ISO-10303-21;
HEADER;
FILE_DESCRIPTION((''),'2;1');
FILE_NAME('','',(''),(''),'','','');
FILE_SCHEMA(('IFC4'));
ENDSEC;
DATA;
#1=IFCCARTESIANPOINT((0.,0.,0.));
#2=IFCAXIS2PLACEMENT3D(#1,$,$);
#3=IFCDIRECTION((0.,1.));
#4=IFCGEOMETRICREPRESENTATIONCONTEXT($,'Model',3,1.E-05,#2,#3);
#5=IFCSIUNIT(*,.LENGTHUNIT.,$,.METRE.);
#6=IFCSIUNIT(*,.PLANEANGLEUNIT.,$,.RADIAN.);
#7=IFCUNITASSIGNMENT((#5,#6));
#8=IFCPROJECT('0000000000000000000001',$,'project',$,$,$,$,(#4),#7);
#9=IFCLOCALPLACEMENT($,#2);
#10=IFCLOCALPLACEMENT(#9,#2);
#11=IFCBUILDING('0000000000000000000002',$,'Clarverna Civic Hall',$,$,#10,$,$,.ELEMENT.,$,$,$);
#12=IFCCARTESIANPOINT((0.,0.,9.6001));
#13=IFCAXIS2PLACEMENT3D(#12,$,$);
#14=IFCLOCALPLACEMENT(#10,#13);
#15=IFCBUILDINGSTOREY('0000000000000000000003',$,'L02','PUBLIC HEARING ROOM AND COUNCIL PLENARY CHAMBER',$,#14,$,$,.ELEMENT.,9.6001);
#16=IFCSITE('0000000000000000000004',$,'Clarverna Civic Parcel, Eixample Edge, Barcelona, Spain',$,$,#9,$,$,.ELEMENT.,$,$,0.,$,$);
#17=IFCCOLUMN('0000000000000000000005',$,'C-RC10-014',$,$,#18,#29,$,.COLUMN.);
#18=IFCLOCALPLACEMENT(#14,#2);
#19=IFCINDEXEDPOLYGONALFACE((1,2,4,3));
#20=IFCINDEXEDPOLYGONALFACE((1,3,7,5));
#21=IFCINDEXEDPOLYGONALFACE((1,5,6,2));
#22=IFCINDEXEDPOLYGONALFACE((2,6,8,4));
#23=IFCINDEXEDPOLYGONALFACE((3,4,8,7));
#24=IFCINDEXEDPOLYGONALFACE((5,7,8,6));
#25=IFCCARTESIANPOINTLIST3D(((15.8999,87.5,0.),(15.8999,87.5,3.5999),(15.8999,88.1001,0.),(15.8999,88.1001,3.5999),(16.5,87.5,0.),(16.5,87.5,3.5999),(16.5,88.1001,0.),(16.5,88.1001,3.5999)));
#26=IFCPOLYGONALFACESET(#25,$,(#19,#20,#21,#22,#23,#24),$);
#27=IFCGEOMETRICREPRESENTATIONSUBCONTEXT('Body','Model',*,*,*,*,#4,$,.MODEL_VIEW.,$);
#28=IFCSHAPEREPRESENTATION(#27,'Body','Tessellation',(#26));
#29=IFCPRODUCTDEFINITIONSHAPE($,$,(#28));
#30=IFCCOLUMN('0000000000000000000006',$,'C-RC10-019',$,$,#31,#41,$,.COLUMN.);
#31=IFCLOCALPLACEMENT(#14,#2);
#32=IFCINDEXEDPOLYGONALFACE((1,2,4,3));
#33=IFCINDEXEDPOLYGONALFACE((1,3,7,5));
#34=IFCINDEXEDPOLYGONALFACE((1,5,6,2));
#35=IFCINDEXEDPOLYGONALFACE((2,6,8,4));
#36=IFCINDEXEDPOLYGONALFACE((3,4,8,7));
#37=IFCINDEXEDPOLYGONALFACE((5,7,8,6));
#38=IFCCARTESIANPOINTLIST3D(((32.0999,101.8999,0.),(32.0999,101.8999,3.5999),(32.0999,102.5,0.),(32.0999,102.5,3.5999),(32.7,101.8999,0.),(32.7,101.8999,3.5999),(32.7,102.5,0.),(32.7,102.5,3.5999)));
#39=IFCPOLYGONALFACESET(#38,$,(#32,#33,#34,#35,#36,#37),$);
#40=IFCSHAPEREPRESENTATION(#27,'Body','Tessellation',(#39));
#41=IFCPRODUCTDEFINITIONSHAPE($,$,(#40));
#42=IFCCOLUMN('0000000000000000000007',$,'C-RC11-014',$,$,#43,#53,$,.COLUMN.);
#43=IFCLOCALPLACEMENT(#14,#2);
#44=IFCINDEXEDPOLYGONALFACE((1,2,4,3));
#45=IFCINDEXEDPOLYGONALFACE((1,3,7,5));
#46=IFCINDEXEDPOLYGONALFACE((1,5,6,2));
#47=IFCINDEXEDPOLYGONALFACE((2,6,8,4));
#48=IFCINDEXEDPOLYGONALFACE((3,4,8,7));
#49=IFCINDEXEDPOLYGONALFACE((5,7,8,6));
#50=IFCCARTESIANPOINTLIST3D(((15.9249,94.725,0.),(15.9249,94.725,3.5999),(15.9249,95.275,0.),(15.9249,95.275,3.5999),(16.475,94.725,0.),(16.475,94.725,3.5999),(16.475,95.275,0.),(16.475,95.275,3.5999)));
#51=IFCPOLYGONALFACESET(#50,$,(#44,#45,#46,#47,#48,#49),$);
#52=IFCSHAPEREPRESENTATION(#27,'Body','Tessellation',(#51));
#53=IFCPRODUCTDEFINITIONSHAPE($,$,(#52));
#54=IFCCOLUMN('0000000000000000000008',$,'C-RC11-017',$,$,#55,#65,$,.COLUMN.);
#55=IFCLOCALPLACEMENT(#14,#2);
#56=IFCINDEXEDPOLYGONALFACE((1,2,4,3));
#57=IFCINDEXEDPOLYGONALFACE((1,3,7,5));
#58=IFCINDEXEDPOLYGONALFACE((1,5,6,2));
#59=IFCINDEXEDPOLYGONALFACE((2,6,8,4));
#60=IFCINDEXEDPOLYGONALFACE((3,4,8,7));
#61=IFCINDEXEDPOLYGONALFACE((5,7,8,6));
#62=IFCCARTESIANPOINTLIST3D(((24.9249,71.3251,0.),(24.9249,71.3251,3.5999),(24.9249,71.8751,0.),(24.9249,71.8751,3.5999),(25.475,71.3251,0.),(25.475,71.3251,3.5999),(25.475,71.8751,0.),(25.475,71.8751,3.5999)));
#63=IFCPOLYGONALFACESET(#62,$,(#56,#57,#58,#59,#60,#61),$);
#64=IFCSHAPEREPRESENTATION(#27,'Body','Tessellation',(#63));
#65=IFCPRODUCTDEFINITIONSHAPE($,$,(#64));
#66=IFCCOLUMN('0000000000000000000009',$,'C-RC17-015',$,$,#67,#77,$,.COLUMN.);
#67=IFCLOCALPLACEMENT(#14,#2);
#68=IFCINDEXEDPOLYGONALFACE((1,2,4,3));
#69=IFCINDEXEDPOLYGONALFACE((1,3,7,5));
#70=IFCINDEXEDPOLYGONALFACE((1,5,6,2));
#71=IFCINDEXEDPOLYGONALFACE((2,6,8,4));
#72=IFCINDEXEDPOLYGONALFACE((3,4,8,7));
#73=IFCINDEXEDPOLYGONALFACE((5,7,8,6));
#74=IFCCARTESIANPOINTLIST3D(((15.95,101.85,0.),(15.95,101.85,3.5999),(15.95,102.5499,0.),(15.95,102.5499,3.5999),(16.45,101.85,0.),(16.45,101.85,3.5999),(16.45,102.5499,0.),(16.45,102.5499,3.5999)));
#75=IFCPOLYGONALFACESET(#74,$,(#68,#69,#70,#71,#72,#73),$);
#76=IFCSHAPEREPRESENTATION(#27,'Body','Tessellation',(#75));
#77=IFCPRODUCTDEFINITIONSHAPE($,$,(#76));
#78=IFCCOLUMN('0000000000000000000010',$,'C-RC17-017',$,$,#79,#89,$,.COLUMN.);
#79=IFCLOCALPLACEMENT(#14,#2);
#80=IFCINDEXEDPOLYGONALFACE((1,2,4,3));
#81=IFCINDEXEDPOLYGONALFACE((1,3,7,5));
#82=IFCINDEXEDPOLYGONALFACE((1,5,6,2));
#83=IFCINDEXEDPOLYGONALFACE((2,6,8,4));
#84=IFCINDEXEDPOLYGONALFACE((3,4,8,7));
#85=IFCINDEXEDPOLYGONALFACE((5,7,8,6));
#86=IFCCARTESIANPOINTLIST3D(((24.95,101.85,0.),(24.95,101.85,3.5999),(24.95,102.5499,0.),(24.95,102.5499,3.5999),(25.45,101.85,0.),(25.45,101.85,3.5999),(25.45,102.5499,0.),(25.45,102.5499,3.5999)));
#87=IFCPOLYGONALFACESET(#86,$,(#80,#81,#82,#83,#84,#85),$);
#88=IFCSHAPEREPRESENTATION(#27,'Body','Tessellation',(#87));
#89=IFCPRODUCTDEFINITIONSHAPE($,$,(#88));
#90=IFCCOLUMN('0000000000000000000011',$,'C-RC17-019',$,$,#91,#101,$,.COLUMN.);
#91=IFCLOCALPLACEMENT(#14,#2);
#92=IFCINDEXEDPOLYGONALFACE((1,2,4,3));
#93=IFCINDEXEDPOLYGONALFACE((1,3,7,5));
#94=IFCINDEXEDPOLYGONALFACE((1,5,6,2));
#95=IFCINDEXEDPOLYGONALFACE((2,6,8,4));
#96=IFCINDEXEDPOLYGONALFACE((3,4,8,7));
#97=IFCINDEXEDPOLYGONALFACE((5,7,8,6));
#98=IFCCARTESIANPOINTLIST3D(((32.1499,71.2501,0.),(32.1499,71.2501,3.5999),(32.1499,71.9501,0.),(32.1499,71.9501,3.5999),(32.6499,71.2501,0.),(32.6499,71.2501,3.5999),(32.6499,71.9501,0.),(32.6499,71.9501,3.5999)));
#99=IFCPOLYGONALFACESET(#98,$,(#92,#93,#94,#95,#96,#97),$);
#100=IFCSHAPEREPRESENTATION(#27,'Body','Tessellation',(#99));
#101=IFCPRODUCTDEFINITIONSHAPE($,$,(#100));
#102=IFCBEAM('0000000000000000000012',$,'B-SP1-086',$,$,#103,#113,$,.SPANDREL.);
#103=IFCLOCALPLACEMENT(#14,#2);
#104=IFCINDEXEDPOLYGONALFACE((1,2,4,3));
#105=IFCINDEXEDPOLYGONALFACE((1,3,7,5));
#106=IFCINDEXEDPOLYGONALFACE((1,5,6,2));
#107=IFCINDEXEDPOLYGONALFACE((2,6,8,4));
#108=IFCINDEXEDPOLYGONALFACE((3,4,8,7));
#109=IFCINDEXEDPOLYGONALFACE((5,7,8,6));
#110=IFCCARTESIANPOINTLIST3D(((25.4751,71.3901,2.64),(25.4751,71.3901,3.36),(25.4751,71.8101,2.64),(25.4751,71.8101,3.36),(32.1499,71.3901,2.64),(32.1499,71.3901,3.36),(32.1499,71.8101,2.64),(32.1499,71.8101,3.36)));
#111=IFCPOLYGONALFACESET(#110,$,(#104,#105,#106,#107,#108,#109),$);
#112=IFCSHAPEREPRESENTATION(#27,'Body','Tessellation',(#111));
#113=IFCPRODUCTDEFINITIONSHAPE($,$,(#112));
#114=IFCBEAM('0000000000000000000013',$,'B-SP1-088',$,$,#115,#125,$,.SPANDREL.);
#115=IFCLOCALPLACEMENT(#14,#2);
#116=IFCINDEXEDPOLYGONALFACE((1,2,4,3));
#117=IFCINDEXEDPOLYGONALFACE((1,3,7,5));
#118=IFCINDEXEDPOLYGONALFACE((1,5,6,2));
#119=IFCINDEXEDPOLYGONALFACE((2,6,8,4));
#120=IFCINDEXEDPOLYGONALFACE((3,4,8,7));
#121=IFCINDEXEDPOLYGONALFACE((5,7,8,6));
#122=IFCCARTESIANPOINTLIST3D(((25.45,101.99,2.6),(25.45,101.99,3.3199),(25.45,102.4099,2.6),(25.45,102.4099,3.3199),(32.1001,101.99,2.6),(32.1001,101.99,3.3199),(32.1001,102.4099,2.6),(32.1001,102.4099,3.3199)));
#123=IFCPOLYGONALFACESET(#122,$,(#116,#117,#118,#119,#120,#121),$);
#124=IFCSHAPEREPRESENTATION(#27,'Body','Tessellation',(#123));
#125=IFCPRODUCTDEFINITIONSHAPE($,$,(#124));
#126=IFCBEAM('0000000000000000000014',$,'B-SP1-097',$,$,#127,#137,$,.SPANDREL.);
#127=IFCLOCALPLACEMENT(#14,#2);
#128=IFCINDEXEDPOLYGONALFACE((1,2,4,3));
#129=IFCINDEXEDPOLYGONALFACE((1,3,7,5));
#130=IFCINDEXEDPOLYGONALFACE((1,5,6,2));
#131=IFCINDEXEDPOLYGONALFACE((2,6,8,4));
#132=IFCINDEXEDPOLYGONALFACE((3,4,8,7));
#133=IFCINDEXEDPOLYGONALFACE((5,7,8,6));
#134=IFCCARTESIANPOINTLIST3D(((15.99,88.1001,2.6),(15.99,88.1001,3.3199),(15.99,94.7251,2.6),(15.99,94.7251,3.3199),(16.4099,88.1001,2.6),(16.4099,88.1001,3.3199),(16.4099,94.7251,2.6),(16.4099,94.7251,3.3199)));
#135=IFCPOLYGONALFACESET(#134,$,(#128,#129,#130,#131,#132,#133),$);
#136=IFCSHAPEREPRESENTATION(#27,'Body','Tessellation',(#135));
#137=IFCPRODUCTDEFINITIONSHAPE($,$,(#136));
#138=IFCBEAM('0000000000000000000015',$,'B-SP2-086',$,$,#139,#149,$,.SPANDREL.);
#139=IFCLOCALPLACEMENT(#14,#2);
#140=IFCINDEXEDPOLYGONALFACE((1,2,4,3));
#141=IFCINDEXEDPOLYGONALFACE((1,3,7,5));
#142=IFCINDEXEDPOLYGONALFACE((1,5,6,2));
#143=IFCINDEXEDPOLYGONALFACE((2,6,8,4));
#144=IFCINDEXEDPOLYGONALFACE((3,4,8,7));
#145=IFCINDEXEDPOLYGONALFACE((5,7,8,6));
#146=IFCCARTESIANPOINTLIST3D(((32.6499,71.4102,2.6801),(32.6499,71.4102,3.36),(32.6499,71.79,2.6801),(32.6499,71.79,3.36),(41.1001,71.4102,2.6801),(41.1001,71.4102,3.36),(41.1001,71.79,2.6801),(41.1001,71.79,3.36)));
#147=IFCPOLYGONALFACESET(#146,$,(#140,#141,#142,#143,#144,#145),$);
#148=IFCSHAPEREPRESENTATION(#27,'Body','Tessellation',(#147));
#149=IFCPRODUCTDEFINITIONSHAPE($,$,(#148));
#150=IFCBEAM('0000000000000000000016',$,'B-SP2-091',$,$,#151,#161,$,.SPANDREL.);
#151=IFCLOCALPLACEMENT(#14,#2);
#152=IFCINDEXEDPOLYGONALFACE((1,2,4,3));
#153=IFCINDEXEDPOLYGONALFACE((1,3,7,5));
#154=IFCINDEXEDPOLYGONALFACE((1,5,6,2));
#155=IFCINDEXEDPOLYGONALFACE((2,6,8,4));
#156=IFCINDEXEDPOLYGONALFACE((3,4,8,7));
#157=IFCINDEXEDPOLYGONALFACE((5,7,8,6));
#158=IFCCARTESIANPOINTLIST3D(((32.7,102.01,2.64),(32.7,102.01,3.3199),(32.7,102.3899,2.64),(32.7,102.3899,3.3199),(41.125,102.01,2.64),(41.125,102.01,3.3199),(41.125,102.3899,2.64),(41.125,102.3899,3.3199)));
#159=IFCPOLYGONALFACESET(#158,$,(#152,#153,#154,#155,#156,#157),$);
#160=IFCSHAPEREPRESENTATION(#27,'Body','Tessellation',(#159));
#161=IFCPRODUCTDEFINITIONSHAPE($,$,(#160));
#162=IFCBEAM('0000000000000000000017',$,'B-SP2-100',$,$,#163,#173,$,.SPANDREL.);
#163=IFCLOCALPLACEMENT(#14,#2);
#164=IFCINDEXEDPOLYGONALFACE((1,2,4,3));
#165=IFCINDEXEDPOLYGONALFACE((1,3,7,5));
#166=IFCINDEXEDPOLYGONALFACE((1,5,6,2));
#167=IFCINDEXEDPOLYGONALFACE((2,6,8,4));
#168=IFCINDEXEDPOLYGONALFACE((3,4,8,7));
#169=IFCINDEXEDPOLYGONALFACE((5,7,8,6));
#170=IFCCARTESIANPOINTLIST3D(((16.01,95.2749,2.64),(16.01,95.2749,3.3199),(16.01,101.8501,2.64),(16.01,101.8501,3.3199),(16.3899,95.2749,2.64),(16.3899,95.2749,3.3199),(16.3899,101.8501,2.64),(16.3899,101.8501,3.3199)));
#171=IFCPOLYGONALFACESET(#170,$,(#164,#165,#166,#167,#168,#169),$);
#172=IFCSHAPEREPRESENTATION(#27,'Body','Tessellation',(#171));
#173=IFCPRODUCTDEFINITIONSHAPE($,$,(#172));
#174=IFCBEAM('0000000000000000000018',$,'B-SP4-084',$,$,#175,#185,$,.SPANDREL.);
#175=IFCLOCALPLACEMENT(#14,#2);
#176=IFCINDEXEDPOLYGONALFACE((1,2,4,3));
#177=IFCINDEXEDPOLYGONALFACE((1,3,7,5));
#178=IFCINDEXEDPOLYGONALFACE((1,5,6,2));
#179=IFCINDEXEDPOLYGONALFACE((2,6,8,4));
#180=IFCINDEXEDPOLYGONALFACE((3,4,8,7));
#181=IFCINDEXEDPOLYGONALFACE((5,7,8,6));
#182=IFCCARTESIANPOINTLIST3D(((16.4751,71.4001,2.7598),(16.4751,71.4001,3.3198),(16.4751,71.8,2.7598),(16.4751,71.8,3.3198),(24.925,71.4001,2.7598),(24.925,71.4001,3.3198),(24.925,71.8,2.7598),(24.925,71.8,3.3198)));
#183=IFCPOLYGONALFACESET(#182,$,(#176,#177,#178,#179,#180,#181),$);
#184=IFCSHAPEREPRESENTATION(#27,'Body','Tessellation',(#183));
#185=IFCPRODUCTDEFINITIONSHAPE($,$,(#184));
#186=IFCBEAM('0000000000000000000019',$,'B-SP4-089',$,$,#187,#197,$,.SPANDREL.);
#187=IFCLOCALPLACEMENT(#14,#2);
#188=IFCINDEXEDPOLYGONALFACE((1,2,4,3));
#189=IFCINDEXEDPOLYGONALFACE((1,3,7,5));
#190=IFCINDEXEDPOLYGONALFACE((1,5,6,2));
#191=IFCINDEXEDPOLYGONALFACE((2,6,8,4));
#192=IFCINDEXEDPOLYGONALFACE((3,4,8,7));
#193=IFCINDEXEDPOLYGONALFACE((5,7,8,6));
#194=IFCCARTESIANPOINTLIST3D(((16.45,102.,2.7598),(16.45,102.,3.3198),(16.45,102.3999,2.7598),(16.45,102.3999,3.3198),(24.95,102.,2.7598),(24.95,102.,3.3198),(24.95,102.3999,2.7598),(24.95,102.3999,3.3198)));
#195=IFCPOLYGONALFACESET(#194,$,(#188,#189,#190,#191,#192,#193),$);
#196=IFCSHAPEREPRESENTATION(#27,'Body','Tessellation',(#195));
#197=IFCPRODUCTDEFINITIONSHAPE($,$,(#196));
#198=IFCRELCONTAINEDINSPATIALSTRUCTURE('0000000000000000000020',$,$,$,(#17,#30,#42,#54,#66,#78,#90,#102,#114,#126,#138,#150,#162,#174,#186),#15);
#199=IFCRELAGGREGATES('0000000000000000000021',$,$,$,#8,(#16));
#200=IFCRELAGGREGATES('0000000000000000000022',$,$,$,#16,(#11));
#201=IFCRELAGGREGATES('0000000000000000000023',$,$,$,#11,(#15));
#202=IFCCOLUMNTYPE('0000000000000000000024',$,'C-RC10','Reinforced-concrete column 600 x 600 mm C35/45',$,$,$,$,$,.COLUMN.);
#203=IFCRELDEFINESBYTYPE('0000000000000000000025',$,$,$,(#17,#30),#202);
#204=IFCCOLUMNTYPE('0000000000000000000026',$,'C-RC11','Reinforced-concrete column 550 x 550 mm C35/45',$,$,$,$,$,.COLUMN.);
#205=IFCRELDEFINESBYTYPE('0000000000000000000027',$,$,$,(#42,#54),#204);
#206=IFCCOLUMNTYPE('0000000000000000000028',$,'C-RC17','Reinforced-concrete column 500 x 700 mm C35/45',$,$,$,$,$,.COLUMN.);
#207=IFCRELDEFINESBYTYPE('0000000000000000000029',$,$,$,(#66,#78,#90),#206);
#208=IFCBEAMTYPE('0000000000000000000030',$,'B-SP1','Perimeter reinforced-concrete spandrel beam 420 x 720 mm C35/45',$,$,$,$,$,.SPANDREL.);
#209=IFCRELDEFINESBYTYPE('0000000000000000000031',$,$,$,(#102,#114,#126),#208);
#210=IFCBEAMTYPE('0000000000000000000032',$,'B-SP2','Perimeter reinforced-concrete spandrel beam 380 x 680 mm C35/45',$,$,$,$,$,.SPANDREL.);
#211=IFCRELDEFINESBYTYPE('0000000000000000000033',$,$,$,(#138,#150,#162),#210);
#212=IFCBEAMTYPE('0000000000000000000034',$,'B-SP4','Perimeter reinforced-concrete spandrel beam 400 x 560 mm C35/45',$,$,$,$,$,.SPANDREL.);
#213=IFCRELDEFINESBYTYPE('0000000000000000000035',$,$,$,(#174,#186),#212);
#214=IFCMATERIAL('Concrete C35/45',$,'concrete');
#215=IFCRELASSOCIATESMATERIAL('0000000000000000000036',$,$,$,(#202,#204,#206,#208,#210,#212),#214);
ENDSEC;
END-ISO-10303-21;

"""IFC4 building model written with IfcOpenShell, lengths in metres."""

from ifc_helpers import new_model, si_unit, direction, frame, origin, origin_2d, place, context, subcontext, project, spatial, rectangle, extrude, material, material_profile, profile_set, type_object, element, save


model = new_model("IFC4")

# Units and contexts
model_context = context("Model", 3, precision=1e-05, world=origin(), true_north=direction((0.0, 1.0)))
body_context = subcontext(model_context, "Body", "Model", "MODEL_VIEW")
ifc_project = project(units=[si_unit("LENGTHUNIT", "METRE"), si_unit("PLANEANGLEUNIT", "RADIAN")], contexts=[model_context])

# Site, building, storey
site_placement = place(None, origin())
site = spatial("IfcSite", under=ifc_project, at=site_placement, Name="Clarverna Civic Parcel, Eixample Edge, Barcelona, Spain", CompositionType="ELEMENT", RefElevation=0.0)
building_placement = place(site_placement, origin())
building = spatial("IfcBuilding", under=site, at=building_placement, Name="Clarverna Civic Hall", CompositionType="ELEMENT")
storey_placement = place(building_placement, frame((0.0, 0.0, 9.6001)))
storey = spatial("IfcBuildingStorey", under=building, at=storey_placement, Name="L02", Description="PUBLIC HEARING ROOM AND COUNCIL PLENARY CHAMBER", CompositionType="ELEMENT", Elevation=9.6001)

# Columns
ifc_material_1 = material(Name="Concrete C35/45", Category="concrete")
ifc_material_profile_1 = material_profile(ifc_material_1, rectangle(XDim=0.6001, YDim=0.6001, at=origin_2d()), Name="RC 600x600")
ifc_profile_set_1 = profile_set([ifc_material_profile_1], Name="Concrete C35/45")
column_type_1 = type_object("IfcColumnType", Name="C-RC10", Description="Reinforced-concrete column 600 x 600 mm C35/45", PredefinedType="COLUMN", material=ifc_profile_set_1)
for number, where, z_axis, x_axis, name in (
    (1, (16.2, 87.8, 0.0), (0.0, 0.0, 1.0), (1.0, 0.0, 0.0), "C-RC10-014"),
    (2, (32.3999, 102.2, 0.0), (0.0, 0.0, 1.0), (1.0, 0.0, 0.0), "C-RC10-019"),
):
    element("IfcColumn", number, at=place(storey_placement, frame(where, z_axis=z_axis, x_axis=x_axis)), inside=storey, type_object=column_type_1, Name=name, PredefinedType="COLUMN", context=body_context, shape_type="SweptSolid", body=[
        extrude(rectangle(XDim=0.6001, YDim=0.6001, at=origin_2d()), origin(), (0.0, 0.0, 1.0), 3.5999),
    ])
ifc_material_profile_2 = material_profile(ifc_material_1, rectangle(XDim=0.55, YDim=0.55, at=origin_2d()), Name="RC 550x550")
ifc_profile_set_2 = profile_set([ifc_material_profile_2], Name="Concrete C35/45")
column_type_2 = type_object("IfcColumnType", Name="C-RC11", Description="Reinforced-concrete column 550 x 550 mm C35/45", PredefinedType="COLUMN", material=ifc_profile_set_2)
for number, where, z_axis, x_axis, name in (
    (3, (16.2, 95.0, 0.0), (0.0, 0.0, 1.0), (1.0, 0.0, 0.0), "C-RC11-014"),
    (4, (25.2, 71.6001, 0.0), (0.0, 0.0, 1.0), (1.0, 0.0, 0.0), "C-RC11-017"),
):
    element("IfcColumn", number, at=place(storey_placement, frame(where, z_axis=z_axis, x_axis=x_axis)), inside=storey, type_object=column_type_2, Name=name, PredefinedType="COLUMN", context=body_context, shape_type="SweptSolid", body=[
        extrude(rectangle(XDim=0.55, YDim=0.55, at=origin_2d()), origin(), (0.0, 0.0, 1.0), 3.5999),
    ])
ifc_material_profile_3 = material_profile(ifc_material_1, rectangle(XDim=0.5, YDim=0.7, at=origin_2d()), Name="RC 500x700")
ifc_profile_set_3 = profile_set([ifc_material_profile_3], Name="Concrete C35/45")
column_type_3 = type_object("IfcColumnType", Name="C-RC17", Description="Reinforced-concrete column 500 x 700 mm C35/45", PredefinedType="COLUMN", material=ifc_profile_set_3)
for number, where, z_axis, x_axis, name in (
    (5, (16.2, 102.2, 0.0), (0.0, 0.0, 1.0), (1.0, 0.0, 0.0), "C-RC17-015"),
    (6, (25.2, 102.2, 0.0), (0.0, 0.0, 1.0), (1.0, 0.0, 0.0), "C-RC17-017"),
    (7, (32.3999, 71.6001, 0.0), (0.0, 0.0, 1.0), (1.0, 0.0, 0.0), "C-RC17-019"),
):
    element("IfcColumn", number, at=place(storey_placement, frame(where, z_axis=z_axis, x_axis=x_axis)), inside=storey, type_object=column_type_3, Name=name, PredefinedType="COLUMN", context=body_context, shape_type="SweptSolid", body=[
        extrude(rectangle(XDim=0.5, YDim=0.7, at=origin_2d()), origin(), (0.0, 0.0, 1.0), 3.5999),
    ])

# Beams
ifc_material_profile_4 = material_profile(ifc_material_1, rectangle(XDim=0.4199, YDim=0.72, at=origin_2d()), Name="RC 420x720")
ifc_profile_set_4 = profile_set([ifc_material_profile_4], Name="Concrete C35/45")
beam_type_1 = type_object("IfcBeamType", Name="B-SP1", Description="Perimeter reinforced-concrete spandrel beam 420 x 720 mm C35/45", PredefinedType="SPANDREL", material=ifc_profile_set_4)
beam_1_placement = place(storey_placement, frame((25.4751, 71.6001, 3.0), z_axis=(1.0, 0.0, 0.0), x_axis=(0.0, 1.0, 0.0)))
element("IfcBeam", 8, at=beam_1_placement, inside=storey, type_object=beam_type_1, Name="B-SP1-086", PredefinedType="SPANDREL", context=body_context, shape_type="SweptSolid", body=[
    extrude(rectangle(XDim=0.4199, YDim=0.72, at=origin_2d()), origin(), (0.0, 0.0, 1.0), 6.6748),
])
beam_2_placement = place(storey_placement, frame((25.45, 102.2, 2.96), z_axis=(1.0, 0.0, 0.0), x_axis=(0.0, 1.0, 0.0)))
element("IfcBeam", 9, at=beam_2_placement, inside=storey, type_object=beam_type_1, Name="B-SP1-088", PredefinedType="SPANDREL", context=body_context, shape_type="SweptSolid", body=[
    extrude(rectangle(XDim=0.4199, YDim=0.72, at=origin_2d()), origin(), (0.0, 0.0, 1.0), 6.6501),
])
beam_3_placement = place(storey_placement, frame((16.2, 88.1001, 2.96), z_axis=(0.0, 1.0, 0.0), x_axis=(-1.0, 0.0, 0.0)))
element("IfcBeam", 10, at=beam_3_placement, inside=storey, type_object=beam_type_1, Name="B-SP1-097", PredefinedType="SPANDREL", context=body_context, shape_type="SweptSolid", body=[
    extrude(rectangle(XDim=0.4199, YDim=0.72, at=origin_2d()), origin(), (0.0, 0.0, 1.0), 6.625),
])
ifc_material_profile_5 = material_profile(ifc_material_1, rectangle(XDim=0.3799, YDim=0.6799, at=origin_2d()), Name="RC 380x680")
ifc_profile_set_5 = profile_set([ifc_material_profile_5], Name="Concrete C35/45")
beam_type_2 = type_object("IfcBeamType", Name="B-SP2", Description="Perimeter reinforced-concrete spandrel beam 380 x 680 mm C35/45", PredefinedType="SPANDREL", material=ifc_profile_set_5)
beam_4_placement = place(storey_placement, frame((32.6499, 71.6001, 3.02), z_axis=(1.0, 0.0, 0.0), x_axis=(0.0, 1.0, 0.0)))
element("IfcBeam", 11, at=beam_4_placement, inside=storey, type_object=beam_type_2, Name="B-SP2-086", PredefinedType="SPANDREL", context=body_context, shape_type="SweptSolid", body=[
    extrude(rectangle(XDim=0.3799, YDim=0.6799, at=origin_2d()), origin(), (0.0, 0.0, 1.0), 8.4502),
])
beam_5_placement = place(storey_placement, frame((32.7, 102.2, 2.98), z_axis=(1.0, 0.0, 0.0), x_axis=(0.0, 1.0, 0.0)))
element("IfcBeam", 12, at=beam_5_placement, inside=storey, type_object=beam_type_2, Name="B-SP2-091", PredefinedType="SPANDREL", context=body_context, shape_type="SweptSolid", body=[
    extrude(rectangle(XDim=0.3799, YDim=0.6799, at=origin_2d()), origin(), (0.0, 0.0, 1.0), 8.425),
])
beam_6_placement = place(storey_placement, frame((16.2, 95.2749, 2.98), z_axis=(0.0, 1.0, 0.0), x_axis=(-1.0, 0.0, 0.0)))
element("IfcBeam", 13, at=beam_6_placement, inside=storey, type_object=beam_type_2, Name="B-SP2-100", PredefinedType="SPANDREL", context=body_context, shape_type="SweptSolid", body=[
    extrude(rectangle(XDim=0.3799, YDim=0.6799, at=origin_2d()), origin(), (0.0, 0.0, 1.0), 6.5752),
])
ifc_material_profile_6 = material_profile(ifc_material_1, rectangle(XDim=0.3999, YDim=0.5601, at=origin_2d()), Name="RC 400x560")
ifc_profile_set_6 = profile_set([ifc_material_profile_6], Name="Concrete C35/45")
beam_type_3 = type_object("IfcBeamType", Name="B-SP4", Description="Perimeter reinforced-concrete spandrel beam 400 x 560 mm C35/45", PredefinedType="SPANDREL", material=ifc_profile_set_6)
beam_7_placement = place(storey_placement, frame((16.4751, 71.6001, 3.0398), z_axis=(1.0, 0.0, 0.0), x_axis=(0.0, 1.0, 0.0)))
element("IfcBeam", 14, at=beam_7_placement, inside=storey, type_object=beam_type_3, Name="B-SP4-084", PredefinedType="SPANDREL", context=body_context, shape_type="SweptSolid", body=[
    extrude(rectangle(XDim=0.3999, YDim=0.5601, at=origin_2d()), origin(), (0.0, 0.0, 1.0), 8.45),
])
beam_8_placement = place(storey_placement, frame((16.45, 102.2, 3.0398), z_axis=(1.0, 0.0, 0.0), x_axis=(0.0, 1.0, 0.0)))
element("IfcBeam", 15, at=beam_8_placement, inside=storey, type_object=beam_type_3, Name="B-SP4-089", PredefinedType="SPANDREL", context=body_context, shape_type="SweptSolid", body=[
    extrude(rectangle(XDim=0.3999, YDim=0.5601, at=origin_2d()), origin(), (0.0, 0.0, 1.0), 8.5),
])

save(model, "model.ifc")
